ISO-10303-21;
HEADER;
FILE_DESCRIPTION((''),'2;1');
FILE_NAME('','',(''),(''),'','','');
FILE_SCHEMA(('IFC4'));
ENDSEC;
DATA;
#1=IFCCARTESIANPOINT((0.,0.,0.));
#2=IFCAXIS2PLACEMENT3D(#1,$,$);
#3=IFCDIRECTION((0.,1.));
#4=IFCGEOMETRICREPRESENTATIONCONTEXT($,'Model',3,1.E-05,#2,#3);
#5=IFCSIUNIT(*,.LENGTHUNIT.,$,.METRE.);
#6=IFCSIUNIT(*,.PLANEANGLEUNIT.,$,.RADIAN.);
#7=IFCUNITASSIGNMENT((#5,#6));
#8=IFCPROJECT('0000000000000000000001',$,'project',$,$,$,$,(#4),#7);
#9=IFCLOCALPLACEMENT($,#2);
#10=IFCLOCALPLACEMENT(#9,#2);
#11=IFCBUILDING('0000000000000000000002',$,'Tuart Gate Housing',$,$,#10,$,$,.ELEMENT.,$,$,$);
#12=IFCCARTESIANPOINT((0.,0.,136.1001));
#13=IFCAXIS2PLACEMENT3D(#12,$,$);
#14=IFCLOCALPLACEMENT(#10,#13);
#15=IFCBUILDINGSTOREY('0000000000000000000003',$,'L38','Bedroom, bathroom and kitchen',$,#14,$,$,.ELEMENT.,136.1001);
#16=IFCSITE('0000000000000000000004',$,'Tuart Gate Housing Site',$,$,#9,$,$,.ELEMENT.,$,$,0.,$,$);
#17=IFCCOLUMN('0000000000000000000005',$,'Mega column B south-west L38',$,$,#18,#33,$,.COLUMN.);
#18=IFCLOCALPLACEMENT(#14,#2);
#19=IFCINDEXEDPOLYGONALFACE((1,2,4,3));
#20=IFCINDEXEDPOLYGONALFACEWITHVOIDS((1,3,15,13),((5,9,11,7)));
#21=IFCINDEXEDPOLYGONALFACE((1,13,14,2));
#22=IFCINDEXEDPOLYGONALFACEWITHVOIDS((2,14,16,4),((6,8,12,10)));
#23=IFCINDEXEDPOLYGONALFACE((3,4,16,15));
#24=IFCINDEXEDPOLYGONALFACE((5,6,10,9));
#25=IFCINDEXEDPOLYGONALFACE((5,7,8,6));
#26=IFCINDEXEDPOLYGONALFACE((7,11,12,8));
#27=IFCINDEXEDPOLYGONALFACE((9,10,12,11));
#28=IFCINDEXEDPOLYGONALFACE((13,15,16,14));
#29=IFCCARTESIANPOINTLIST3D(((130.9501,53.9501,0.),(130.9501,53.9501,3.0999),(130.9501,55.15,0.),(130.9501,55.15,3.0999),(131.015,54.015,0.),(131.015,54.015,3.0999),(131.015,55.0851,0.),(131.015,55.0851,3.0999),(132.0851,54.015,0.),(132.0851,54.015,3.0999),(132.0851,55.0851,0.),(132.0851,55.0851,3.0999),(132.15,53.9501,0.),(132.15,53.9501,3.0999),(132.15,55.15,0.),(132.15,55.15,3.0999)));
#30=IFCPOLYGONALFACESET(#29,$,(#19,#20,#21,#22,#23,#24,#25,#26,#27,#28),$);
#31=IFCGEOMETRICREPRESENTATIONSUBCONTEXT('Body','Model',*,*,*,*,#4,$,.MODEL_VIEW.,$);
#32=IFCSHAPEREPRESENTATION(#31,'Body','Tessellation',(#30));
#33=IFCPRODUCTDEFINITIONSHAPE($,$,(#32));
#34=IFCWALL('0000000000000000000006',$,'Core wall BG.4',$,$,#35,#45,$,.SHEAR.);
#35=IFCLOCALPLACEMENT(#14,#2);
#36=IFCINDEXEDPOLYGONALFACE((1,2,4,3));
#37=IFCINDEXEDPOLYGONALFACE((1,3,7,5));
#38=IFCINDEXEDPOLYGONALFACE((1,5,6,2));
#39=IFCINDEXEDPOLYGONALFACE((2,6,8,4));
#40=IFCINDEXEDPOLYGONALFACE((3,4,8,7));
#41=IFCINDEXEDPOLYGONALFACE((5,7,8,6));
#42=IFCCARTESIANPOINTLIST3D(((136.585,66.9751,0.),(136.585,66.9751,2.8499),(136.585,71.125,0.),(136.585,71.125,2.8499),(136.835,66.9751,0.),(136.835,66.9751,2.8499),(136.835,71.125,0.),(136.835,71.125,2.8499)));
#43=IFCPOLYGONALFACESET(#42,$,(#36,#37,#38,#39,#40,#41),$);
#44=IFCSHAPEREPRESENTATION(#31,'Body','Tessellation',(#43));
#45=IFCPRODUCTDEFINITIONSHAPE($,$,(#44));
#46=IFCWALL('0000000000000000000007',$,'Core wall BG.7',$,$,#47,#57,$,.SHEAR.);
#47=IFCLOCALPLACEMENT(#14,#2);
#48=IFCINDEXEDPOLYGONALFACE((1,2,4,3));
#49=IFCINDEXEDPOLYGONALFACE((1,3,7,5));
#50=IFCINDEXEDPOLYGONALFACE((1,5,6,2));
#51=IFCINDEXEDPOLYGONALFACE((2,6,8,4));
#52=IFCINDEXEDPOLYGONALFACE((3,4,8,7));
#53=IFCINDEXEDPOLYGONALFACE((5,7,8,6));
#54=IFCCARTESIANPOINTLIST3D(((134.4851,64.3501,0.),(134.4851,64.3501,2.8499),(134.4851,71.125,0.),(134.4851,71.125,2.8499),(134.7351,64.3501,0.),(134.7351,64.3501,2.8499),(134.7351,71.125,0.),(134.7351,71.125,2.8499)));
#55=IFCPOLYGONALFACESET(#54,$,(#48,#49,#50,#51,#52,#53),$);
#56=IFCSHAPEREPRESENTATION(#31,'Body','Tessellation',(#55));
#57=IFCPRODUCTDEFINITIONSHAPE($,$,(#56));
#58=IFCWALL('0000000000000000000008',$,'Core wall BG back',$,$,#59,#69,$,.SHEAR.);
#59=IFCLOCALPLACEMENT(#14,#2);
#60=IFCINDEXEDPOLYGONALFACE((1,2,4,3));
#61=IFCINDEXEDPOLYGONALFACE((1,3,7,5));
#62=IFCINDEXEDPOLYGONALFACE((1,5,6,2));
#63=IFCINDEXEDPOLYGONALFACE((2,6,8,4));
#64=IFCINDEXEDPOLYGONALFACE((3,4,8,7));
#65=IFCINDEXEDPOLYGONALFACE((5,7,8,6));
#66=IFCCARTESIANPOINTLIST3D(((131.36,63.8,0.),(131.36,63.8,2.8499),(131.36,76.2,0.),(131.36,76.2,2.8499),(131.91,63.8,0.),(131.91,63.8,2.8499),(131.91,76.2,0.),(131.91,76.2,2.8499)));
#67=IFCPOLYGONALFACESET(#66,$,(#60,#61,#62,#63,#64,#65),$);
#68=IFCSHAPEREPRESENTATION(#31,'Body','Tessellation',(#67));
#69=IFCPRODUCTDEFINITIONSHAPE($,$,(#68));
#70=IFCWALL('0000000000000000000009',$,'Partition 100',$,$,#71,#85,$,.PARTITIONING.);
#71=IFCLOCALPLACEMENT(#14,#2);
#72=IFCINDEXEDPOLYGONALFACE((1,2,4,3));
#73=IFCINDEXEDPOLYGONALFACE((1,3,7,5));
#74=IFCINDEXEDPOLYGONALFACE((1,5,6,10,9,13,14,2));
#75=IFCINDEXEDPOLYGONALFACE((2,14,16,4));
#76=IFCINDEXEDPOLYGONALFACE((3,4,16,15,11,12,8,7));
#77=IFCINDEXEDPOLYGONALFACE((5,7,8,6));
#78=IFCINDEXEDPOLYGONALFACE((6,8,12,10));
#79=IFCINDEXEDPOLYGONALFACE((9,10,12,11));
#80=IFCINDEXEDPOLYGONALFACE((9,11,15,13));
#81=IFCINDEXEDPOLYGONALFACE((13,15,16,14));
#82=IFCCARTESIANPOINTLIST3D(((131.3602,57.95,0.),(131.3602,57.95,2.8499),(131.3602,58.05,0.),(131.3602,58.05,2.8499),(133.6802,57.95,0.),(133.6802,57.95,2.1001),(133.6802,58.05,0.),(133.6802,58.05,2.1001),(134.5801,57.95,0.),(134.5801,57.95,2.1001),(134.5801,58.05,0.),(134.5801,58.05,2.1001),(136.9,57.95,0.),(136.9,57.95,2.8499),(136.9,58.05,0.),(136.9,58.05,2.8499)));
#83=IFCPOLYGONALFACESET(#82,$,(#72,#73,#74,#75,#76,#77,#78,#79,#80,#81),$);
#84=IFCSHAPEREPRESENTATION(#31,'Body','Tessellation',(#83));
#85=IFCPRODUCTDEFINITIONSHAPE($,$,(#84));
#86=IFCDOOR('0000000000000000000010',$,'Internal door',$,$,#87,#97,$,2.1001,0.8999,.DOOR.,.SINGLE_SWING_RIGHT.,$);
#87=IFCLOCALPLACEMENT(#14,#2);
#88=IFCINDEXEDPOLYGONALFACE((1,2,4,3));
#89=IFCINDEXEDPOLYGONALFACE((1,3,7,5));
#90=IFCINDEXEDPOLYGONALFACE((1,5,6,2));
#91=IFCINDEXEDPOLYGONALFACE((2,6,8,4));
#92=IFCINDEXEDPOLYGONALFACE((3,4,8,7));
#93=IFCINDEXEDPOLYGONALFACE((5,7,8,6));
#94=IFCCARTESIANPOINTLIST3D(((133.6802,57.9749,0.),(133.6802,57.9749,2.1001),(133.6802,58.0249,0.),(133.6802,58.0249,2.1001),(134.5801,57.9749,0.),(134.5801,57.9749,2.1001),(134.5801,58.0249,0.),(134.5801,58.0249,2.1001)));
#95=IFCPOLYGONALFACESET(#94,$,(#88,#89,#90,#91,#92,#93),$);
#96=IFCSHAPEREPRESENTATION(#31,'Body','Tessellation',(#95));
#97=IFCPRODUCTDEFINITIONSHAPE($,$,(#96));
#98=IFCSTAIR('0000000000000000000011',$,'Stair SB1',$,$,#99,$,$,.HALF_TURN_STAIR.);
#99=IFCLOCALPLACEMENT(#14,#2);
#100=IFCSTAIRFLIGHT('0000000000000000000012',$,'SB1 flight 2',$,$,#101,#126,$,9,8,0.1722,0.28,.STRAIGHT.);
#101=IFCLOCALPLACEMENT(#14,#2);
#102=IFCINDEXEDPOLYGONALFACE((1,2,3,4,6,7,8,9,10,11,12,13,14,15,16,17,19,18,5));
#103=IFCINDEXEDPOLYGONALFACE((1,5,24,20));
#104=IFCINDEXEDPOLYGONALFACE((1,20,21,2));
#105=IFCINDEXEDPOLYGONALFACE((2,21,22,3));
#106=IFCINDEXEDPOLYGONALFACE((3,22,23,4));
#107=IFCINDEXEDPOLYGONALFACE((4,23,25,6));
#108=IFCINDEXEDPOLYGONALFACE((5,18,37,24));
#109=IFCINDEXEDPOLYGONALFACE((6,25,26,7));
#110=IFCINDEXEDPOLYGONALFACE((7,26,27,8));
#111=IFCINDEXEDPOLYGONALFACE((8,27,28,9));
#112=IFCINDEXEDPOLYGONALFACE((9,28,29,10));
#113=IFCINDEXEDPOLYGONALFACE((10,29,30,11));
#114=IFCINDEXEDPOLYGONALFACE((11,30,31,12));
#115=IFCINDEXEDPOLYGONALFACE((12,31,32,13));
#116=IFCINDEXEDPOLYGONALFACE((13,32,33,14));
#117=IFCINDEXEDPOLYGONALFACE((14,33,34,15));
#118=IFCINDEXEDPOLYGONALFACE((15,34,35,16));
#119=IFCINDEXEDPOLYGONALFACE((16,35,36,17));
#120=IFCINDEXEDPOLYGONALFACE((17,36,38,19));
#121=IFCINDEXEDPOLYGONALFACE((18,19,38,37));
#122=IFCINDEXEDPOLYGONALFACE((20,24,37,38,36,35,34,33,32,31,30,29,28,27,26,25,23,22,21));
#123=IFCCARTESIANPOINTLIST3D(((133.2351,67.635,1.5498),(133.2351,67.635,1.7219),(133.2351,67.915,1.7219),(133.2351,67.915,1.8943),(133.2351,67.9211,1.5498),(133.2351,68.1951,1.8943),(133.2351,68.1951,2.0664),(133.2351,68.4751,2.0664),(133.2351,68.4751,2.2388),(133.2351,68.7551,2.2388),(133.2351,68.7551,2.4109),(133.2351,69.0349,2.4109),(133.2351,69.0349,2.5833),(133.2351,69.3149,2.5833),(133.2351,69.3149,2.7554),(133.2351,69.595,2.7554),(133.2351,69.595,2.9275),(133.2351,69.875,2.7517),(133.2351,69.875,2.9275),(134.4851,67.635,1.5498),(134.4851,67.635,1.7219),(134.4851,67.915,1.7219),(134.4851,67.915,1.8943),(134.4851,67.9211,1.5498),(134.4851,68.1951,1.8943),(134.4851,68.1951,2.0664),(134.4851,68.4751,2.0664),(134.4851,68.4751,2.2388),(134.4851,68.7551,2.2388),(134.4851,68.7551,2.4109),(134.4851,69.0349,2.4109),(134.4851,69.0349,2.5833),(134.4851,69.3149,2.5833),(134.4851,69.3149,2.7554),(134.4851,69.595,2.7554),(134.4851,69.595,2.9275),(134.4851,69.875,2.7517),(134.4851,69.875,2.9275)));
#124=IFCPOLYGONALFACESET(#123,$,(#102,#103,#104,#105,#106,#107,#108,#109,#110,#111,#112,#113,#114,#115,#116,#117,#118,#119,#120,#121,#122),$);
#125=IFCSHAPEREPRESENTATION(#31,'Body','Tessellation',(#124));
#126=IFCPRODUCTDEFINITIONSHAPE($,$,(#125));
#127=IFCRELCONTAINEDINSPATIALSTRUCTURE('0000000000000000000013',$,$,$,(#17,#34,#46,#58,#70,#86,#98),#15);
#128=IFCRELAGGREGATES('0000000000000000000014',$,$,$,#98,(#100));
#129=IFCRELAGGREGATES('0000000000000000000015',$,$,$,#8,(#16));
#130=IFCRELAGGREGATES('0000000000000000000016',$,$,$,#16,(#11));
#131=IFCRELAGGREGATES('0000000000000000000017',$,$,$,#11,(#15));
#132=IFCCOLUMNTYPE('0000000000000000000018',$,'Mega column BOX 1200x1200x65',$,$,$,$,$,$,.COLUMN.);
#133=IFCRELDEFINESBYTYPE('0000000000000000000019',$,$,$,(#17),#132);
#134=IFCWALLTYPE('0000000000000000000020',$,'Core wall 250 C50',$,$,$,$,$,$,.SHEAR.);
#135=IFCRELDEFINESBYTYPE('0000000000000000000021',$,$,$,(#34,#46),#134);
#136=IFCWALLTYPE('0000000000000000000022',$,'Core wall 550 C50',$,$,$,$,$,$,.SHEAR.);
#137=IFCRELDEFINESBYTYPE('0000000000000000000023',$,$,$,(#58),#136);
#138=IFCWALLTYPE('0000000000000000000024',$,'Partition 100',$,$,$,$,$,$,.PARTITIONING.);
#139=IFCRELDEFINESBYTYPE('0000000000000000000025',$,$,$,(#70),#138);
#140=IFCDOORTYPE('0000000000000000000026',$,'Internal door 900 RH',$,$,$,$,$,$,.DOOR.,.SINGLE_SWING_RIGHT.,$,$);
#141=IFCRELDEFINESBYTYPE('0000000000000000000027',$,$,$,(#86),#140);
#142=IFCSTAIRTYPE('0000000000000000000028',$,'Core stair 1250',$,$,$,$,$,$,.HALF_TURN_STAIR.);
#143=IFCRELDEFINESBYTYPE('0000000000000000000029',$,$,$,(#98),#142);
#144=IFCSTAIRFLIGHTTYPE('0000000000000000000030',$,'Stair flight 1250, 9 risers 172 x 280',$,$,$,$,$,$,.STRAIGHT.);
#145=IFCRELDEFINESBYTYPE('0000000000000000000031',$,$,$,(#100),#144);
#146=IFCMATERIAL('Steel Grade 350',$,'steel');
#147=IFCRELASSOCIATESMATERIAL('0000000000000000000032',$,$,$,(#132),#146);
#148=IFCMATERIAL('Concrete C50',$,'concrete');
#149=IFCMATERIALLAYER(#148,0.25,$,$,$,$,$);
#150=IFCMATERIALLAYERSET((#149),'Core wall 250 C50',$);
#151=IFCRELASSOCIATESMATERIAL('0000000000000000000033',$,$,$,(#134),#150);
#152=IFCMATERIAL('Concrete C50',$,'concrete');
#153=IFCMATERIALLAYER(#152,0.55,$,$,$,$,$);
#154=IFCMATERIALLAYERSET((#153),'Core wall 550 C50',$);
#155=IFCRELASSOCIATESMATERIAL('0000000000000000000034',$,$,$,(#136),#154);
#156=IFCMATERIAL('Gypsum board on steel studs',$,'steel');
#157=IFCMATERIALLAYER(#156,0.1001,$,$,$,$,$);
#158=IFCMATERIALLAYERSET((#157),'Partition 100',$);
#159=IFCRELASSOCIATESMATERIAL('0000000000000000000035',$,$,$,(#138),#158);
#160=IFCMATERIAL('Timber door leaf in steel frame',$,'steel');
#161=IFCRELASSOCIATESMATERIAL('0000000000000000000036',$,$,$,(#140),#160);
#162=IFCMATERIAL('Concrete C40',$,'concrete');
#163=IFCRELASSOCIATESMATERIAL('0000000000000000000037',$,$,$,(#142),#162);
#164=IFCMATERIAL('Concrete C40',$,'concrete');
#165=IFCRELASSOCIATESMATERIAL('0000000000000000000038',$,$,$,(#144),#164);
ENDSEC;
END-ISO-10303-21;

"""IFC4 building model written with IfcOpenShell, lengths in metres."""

from ifc_helpers import new_model, si_unit, direction, frame, frame_2d, origin, origin_2d, place, context, subcontext, project, spatial, polyline, rectangle, hollow_rectangle, outline, extrude, material, layer, layer_set, material_profile, profile_set, type_object, element, fill, aggregate, save


model = new_model("IFC4")

# Units and contexts
model_context = context("Model", 3, precision=1e-05, world=origin(), true_north=direction((0.0, 1.0)))
body_context = subcontext(model_context, "Body", "Model", "MODEL_VIEW")
ifc_project = project(units=[si_unit("LENGTHUNIT", "METRE"), si_unit("PLANEANGLEUNIT", "RADIAN")], contexts=[model_context])

# Site, building, storey
site_placement = place(None, origin())
site = spatial("IfcSite", under=ifc_project, at=site_placement, Name="Tuart Gate Housing Site", CompositionType="ELEMENT", RefElevation=0.0)
building_placement = place(site_placement, origin())
building = spatial("IfcBuilding", under=site, at=building_placement, Name="Tuart Gate Housing", CompositionType="ELEMENT")
storey_placement = place(building_placement, frame((0.0, 0.0, 136.1001)))
storey = spatial("IfcBuildingStorey", under=building, at=storey_placement, Name="L38", Description="Bedroom, bathroom and kitchen", CompositionType="ELEMENT", Elevation=136.1001)

# Column
ifc_material_1 = material(Name="Steel Grade 350", Category="steel")
ifc_material_profile = material_profile(ifc_material_1, hollow_rectangle(XDim=1.2, YDim=1.2, WallThickness=0.0649, at=origin_2d()), Name="BOX 1200x1200x65")
ifc_profile_set = profile_set([ifc_material_profile], Name="Steel Grade 350")
column_type = type_object("IfcColumnType", Name="Mega column BOX 1200x1200x65", PredefinedType="COLUMN", material=ifc_profile_set)
column_placement = place(storey_placement, frame((131.55, 54.55, 0.0), z_axis=(0.0, 0.0, 1.0), x_axis=(1.0, 0.0, 0.0)))
element("IfcColumn", 1, at=column_placement, inside=storey, type_object=column_type, Name="Mega column B south-west L38", PredefinedType="COLUMN", context=body_context, shape_type="SweptSolid", body=[
    extrude(hollow_rectangle(XDim=1.2, YDim=1.2, WallThickness=0.0649, at=origin_2d()), origin(), (0.0, 0.0, 1.0), 3.0999),
])

# Walls
ifc_material_2 = material(Name="Concrete C50", Category="concrete")
ifc_layer_1 = layer(ifc_material_2, 0.25)
ifc_layer_set_1 = layer_set([ifc_layer_1], Name="Core wall 250 C50")
wall_type_1 = type_object("IfcWallType", Name="Core wall 250 C50", PredefinedType="SHEAR", material=ifc_layer_set_1)
wall_1_placement = place(storey_placement, frame((136.71, 66.9751, 0.0), z_axis=(0.0, 0.0, 1.0), x_axis=(0.0, 1.0, 0.0)))
element("IfcWall", 2, at=wall_1_placement, inside=storey, type_object=wall_type_1, Name="Core wall BG.4", PredefinedType="SHEAR", context=body_context, shape_type="SweptSolid", body=[
    extrude(rectangle(XDim=4.1499, YDim=0.25, at=frame_2d((2.075, 0.0))), origin(), (0.0, 0.0, 1.0), 2.8499),
])
wall_2_placement = place(storey_placement, frame((134.6101, 64.3501, 0.0), z_axis=(0.0, 0.0, 1.0), x_axis=(0.0, 1.0, 0.0)))
element("IfcWall", 3, at=wall_2_placement, inside=storey, type_object=wall_type_1, Name="Core wall BG.7", PredefinedType="SHEAR", context=body_context, shape_type="SweptSolid", body=[
    extrude(rectangle(XDim=6.7749, YDim=0.25, at=frame_2d((3.3875, 0.0))), origin(), (0.0, 0.0, 1.0), 2.8499),
])
ifc_material_3 = material(Name="Concrete C50", Category="concrete")
ifc_layer_2 = layer(ifc_material_3, 0.55)
ifc_layer_set_2 = layer_set([ifc_layer_2], Name="Core wall 550 C50")
wall_type_2 = type_object("IfcWallType", Name="Core wall 550 C50", PredefinedType="SHEAR", material=ifc_layer_set_2)
wall_3_placement = place(storey_placement, frame((131.635, 63.8, 0.0), z_axis=(0.0, 0.0, 1.0), x_axis=(0.0, 1.0, 0.0)))
element("IfcWall", 4, at=wall_3_placement, inside=storey, type_object=wall_type_2, Name="Core wall BG back", PredefinedType="SHEAR", context=body_context, shape_type="SweptSolid", body=[
    extrude(rectangle(XDim=12.3999, YDim=0.55, at=frame_2d((6.2, 0.0))), origin(), (0.0, 0.0, 1.0), 2.8499),
])

# Wall, opening, door
ifc_material_4 = material(Name="Gypsum board on steel studs", Category="steel")
ifc_layer_3 = layer(ifc_material_4, 0.1001)
ifc_layer_set_3 = layer_set([ifc_layer_3], Name="Partition 100")
wall_type_3 = type_object("IfcWallType", Name="Partition 100", PredefinedType="PARTITIONING", material=ifc_layer_set_3)
wall_4_placement = place(storey_placement, frame((131.3601, 58.0, 0.0), z_axis=(0.0, 0.0, 1.0), x_axis=(1.0, 0.0, 0.0)))
wall_4 = element("IfcWall", 5, at=wall_4_placement, inside=storey, type_object=wall_type_3, Name="Partition 100", PredefinedType="PARTITIONING", context=body_context, shape_type="SweptSolid", body=[
    extrude(rectangle(XDim=5.5398, YDim=0.1001, at=frame_2d((2.77, 0.0))), origin(), (0.0, 0.0, 1.0), 2.8499),
])
opening_1_placement = place(wall_4_placement, frame((2.3201, 0.0, 0.0)))
opening_1 = element("IfcOpeningElement", 6, at=opening_1_placement, cuts=wall_4, PredefinedType="OPENING", context=body_context, shape_type="SweptSolid", body=[
    extrude(rectangle(XDim=0.8999, YDim=2.1001, at=frame_2d((0.45, 1.05))), frame((0.0, 0.0601, 0.0), z_axis=(0.0, -1.0, 0.0), x_axis=(1.0, 0.0, 0.0)), (0.0, 0.0, 1.0), 0.1201),
])
ifc_material_5 = material(Name="Timber door leaf in steel frame", Category="steel")
door_type = type_object("IfcDoorType", Name="Internal door 900 RH", OperationType="SINGLE_SWING_RIGHT", PredefinedType="DOOR", material=ifc_material_5)
door_placement = place(opening_1_placement, frame((0.8999, 0.0, 0.0), z_axis=(0.0, 0.0, 1.0), x_axis=(-1.0, 0.0, 0.0)))
door = element("IfcDoor", 7, at=door_placement, inside=storey, type_object=door_type, Name="Internal door", OperationType="SINGLE_SWING_RIGHT", OverallHeight=2.1001, OverallWidth=0.8999, PredefinedType="DOOR", context=body_context, shape_type="SweptSolid", body=[
    extrude(rectangle(XDim=0.8999, YDim=2.1001, at=frame_2d((0.45, 1.05))), frame((0.0, 0.0251, 0.0), z_axis=(0.0, -1.0, 0.0), x_axis=(1.0, 0.0, 0.0)), (0.0, 0.0, 1.0), 0.05),
])
fill(opening_1, door)

# Stair, stair flight
ifc_material_6 = material(Name="Concrete C40", Category="concrete")
stair_type = type_object("IfcStairType", Name="Core stair 1250", PredefinedType="HALF_TURN_STAIR", material=ifc_material_6)
stair_placement = place(storey_placement, origin())
stair = element("IfcStair", 8, at=stair_placement, inside=storey, type_object=stair_type, Name="Stair SB1", PredefinedType="HALF_TURN_STAIR")
ifc_material_7 = material(Name="Concrete C40", Category="concrete")
stair_flight_type = type_object("IfcStairFlightType", Name="Stair flight 1250, 9 risers 172 x 280", PredefinedType="STRAIGHT", material=ifc_material_7)
stair_flight_placement = place(storey_placement, frame((133.8601, 67.635, 1.5498), z_axis=(0.0, 0.0, 1.0), x_axis=(0.0, 1.0, 0.0)))
stair_flight = element("IfcStairFlight", 9, at=stair_flight_placement, type_object=stair_flight_type, Name="SB1 flight 2", NumberOfRisers=9, NumberOfTreads=8, PredefinedType="STRAIGHT", RiserHeight=0.1722, TreadLength=0.28, context=body_context, shape_type="SweptSolid", body=[
    extrude(outline(polyline([(0.0, 0.0), (0.0, 0.1721), (0.28, 0.1721), (0.28, 0.3445), (0.5601, 0.3445), (0.5601, 0.5166), (0.8401, 0.5166), (0.8401, 0.689), (1.1201, 0.689), (1.1201, 0.8611), (1.3999, 0.8611), (1.3999, 1.0334), (1.6799, 1.0334), (1.6799, 1.2056), (1.96, 1.2056), (1.96, 1.3777), (2.24, 1.3777), (2.24, 1.55), (2.24, 1.2019), (0.2861, 0.0), (0.0, 0.0)])), frame((0.0, 0.625, 0.0), z_axis=(0.0, -1.0, 0.0), x_axis=(1.0, 0.0, 0.0)), (0.0, 0.0, 1.0), 1.25),
])
aggregate(stair, [stair_flight])

save(model, "model.ifc")
